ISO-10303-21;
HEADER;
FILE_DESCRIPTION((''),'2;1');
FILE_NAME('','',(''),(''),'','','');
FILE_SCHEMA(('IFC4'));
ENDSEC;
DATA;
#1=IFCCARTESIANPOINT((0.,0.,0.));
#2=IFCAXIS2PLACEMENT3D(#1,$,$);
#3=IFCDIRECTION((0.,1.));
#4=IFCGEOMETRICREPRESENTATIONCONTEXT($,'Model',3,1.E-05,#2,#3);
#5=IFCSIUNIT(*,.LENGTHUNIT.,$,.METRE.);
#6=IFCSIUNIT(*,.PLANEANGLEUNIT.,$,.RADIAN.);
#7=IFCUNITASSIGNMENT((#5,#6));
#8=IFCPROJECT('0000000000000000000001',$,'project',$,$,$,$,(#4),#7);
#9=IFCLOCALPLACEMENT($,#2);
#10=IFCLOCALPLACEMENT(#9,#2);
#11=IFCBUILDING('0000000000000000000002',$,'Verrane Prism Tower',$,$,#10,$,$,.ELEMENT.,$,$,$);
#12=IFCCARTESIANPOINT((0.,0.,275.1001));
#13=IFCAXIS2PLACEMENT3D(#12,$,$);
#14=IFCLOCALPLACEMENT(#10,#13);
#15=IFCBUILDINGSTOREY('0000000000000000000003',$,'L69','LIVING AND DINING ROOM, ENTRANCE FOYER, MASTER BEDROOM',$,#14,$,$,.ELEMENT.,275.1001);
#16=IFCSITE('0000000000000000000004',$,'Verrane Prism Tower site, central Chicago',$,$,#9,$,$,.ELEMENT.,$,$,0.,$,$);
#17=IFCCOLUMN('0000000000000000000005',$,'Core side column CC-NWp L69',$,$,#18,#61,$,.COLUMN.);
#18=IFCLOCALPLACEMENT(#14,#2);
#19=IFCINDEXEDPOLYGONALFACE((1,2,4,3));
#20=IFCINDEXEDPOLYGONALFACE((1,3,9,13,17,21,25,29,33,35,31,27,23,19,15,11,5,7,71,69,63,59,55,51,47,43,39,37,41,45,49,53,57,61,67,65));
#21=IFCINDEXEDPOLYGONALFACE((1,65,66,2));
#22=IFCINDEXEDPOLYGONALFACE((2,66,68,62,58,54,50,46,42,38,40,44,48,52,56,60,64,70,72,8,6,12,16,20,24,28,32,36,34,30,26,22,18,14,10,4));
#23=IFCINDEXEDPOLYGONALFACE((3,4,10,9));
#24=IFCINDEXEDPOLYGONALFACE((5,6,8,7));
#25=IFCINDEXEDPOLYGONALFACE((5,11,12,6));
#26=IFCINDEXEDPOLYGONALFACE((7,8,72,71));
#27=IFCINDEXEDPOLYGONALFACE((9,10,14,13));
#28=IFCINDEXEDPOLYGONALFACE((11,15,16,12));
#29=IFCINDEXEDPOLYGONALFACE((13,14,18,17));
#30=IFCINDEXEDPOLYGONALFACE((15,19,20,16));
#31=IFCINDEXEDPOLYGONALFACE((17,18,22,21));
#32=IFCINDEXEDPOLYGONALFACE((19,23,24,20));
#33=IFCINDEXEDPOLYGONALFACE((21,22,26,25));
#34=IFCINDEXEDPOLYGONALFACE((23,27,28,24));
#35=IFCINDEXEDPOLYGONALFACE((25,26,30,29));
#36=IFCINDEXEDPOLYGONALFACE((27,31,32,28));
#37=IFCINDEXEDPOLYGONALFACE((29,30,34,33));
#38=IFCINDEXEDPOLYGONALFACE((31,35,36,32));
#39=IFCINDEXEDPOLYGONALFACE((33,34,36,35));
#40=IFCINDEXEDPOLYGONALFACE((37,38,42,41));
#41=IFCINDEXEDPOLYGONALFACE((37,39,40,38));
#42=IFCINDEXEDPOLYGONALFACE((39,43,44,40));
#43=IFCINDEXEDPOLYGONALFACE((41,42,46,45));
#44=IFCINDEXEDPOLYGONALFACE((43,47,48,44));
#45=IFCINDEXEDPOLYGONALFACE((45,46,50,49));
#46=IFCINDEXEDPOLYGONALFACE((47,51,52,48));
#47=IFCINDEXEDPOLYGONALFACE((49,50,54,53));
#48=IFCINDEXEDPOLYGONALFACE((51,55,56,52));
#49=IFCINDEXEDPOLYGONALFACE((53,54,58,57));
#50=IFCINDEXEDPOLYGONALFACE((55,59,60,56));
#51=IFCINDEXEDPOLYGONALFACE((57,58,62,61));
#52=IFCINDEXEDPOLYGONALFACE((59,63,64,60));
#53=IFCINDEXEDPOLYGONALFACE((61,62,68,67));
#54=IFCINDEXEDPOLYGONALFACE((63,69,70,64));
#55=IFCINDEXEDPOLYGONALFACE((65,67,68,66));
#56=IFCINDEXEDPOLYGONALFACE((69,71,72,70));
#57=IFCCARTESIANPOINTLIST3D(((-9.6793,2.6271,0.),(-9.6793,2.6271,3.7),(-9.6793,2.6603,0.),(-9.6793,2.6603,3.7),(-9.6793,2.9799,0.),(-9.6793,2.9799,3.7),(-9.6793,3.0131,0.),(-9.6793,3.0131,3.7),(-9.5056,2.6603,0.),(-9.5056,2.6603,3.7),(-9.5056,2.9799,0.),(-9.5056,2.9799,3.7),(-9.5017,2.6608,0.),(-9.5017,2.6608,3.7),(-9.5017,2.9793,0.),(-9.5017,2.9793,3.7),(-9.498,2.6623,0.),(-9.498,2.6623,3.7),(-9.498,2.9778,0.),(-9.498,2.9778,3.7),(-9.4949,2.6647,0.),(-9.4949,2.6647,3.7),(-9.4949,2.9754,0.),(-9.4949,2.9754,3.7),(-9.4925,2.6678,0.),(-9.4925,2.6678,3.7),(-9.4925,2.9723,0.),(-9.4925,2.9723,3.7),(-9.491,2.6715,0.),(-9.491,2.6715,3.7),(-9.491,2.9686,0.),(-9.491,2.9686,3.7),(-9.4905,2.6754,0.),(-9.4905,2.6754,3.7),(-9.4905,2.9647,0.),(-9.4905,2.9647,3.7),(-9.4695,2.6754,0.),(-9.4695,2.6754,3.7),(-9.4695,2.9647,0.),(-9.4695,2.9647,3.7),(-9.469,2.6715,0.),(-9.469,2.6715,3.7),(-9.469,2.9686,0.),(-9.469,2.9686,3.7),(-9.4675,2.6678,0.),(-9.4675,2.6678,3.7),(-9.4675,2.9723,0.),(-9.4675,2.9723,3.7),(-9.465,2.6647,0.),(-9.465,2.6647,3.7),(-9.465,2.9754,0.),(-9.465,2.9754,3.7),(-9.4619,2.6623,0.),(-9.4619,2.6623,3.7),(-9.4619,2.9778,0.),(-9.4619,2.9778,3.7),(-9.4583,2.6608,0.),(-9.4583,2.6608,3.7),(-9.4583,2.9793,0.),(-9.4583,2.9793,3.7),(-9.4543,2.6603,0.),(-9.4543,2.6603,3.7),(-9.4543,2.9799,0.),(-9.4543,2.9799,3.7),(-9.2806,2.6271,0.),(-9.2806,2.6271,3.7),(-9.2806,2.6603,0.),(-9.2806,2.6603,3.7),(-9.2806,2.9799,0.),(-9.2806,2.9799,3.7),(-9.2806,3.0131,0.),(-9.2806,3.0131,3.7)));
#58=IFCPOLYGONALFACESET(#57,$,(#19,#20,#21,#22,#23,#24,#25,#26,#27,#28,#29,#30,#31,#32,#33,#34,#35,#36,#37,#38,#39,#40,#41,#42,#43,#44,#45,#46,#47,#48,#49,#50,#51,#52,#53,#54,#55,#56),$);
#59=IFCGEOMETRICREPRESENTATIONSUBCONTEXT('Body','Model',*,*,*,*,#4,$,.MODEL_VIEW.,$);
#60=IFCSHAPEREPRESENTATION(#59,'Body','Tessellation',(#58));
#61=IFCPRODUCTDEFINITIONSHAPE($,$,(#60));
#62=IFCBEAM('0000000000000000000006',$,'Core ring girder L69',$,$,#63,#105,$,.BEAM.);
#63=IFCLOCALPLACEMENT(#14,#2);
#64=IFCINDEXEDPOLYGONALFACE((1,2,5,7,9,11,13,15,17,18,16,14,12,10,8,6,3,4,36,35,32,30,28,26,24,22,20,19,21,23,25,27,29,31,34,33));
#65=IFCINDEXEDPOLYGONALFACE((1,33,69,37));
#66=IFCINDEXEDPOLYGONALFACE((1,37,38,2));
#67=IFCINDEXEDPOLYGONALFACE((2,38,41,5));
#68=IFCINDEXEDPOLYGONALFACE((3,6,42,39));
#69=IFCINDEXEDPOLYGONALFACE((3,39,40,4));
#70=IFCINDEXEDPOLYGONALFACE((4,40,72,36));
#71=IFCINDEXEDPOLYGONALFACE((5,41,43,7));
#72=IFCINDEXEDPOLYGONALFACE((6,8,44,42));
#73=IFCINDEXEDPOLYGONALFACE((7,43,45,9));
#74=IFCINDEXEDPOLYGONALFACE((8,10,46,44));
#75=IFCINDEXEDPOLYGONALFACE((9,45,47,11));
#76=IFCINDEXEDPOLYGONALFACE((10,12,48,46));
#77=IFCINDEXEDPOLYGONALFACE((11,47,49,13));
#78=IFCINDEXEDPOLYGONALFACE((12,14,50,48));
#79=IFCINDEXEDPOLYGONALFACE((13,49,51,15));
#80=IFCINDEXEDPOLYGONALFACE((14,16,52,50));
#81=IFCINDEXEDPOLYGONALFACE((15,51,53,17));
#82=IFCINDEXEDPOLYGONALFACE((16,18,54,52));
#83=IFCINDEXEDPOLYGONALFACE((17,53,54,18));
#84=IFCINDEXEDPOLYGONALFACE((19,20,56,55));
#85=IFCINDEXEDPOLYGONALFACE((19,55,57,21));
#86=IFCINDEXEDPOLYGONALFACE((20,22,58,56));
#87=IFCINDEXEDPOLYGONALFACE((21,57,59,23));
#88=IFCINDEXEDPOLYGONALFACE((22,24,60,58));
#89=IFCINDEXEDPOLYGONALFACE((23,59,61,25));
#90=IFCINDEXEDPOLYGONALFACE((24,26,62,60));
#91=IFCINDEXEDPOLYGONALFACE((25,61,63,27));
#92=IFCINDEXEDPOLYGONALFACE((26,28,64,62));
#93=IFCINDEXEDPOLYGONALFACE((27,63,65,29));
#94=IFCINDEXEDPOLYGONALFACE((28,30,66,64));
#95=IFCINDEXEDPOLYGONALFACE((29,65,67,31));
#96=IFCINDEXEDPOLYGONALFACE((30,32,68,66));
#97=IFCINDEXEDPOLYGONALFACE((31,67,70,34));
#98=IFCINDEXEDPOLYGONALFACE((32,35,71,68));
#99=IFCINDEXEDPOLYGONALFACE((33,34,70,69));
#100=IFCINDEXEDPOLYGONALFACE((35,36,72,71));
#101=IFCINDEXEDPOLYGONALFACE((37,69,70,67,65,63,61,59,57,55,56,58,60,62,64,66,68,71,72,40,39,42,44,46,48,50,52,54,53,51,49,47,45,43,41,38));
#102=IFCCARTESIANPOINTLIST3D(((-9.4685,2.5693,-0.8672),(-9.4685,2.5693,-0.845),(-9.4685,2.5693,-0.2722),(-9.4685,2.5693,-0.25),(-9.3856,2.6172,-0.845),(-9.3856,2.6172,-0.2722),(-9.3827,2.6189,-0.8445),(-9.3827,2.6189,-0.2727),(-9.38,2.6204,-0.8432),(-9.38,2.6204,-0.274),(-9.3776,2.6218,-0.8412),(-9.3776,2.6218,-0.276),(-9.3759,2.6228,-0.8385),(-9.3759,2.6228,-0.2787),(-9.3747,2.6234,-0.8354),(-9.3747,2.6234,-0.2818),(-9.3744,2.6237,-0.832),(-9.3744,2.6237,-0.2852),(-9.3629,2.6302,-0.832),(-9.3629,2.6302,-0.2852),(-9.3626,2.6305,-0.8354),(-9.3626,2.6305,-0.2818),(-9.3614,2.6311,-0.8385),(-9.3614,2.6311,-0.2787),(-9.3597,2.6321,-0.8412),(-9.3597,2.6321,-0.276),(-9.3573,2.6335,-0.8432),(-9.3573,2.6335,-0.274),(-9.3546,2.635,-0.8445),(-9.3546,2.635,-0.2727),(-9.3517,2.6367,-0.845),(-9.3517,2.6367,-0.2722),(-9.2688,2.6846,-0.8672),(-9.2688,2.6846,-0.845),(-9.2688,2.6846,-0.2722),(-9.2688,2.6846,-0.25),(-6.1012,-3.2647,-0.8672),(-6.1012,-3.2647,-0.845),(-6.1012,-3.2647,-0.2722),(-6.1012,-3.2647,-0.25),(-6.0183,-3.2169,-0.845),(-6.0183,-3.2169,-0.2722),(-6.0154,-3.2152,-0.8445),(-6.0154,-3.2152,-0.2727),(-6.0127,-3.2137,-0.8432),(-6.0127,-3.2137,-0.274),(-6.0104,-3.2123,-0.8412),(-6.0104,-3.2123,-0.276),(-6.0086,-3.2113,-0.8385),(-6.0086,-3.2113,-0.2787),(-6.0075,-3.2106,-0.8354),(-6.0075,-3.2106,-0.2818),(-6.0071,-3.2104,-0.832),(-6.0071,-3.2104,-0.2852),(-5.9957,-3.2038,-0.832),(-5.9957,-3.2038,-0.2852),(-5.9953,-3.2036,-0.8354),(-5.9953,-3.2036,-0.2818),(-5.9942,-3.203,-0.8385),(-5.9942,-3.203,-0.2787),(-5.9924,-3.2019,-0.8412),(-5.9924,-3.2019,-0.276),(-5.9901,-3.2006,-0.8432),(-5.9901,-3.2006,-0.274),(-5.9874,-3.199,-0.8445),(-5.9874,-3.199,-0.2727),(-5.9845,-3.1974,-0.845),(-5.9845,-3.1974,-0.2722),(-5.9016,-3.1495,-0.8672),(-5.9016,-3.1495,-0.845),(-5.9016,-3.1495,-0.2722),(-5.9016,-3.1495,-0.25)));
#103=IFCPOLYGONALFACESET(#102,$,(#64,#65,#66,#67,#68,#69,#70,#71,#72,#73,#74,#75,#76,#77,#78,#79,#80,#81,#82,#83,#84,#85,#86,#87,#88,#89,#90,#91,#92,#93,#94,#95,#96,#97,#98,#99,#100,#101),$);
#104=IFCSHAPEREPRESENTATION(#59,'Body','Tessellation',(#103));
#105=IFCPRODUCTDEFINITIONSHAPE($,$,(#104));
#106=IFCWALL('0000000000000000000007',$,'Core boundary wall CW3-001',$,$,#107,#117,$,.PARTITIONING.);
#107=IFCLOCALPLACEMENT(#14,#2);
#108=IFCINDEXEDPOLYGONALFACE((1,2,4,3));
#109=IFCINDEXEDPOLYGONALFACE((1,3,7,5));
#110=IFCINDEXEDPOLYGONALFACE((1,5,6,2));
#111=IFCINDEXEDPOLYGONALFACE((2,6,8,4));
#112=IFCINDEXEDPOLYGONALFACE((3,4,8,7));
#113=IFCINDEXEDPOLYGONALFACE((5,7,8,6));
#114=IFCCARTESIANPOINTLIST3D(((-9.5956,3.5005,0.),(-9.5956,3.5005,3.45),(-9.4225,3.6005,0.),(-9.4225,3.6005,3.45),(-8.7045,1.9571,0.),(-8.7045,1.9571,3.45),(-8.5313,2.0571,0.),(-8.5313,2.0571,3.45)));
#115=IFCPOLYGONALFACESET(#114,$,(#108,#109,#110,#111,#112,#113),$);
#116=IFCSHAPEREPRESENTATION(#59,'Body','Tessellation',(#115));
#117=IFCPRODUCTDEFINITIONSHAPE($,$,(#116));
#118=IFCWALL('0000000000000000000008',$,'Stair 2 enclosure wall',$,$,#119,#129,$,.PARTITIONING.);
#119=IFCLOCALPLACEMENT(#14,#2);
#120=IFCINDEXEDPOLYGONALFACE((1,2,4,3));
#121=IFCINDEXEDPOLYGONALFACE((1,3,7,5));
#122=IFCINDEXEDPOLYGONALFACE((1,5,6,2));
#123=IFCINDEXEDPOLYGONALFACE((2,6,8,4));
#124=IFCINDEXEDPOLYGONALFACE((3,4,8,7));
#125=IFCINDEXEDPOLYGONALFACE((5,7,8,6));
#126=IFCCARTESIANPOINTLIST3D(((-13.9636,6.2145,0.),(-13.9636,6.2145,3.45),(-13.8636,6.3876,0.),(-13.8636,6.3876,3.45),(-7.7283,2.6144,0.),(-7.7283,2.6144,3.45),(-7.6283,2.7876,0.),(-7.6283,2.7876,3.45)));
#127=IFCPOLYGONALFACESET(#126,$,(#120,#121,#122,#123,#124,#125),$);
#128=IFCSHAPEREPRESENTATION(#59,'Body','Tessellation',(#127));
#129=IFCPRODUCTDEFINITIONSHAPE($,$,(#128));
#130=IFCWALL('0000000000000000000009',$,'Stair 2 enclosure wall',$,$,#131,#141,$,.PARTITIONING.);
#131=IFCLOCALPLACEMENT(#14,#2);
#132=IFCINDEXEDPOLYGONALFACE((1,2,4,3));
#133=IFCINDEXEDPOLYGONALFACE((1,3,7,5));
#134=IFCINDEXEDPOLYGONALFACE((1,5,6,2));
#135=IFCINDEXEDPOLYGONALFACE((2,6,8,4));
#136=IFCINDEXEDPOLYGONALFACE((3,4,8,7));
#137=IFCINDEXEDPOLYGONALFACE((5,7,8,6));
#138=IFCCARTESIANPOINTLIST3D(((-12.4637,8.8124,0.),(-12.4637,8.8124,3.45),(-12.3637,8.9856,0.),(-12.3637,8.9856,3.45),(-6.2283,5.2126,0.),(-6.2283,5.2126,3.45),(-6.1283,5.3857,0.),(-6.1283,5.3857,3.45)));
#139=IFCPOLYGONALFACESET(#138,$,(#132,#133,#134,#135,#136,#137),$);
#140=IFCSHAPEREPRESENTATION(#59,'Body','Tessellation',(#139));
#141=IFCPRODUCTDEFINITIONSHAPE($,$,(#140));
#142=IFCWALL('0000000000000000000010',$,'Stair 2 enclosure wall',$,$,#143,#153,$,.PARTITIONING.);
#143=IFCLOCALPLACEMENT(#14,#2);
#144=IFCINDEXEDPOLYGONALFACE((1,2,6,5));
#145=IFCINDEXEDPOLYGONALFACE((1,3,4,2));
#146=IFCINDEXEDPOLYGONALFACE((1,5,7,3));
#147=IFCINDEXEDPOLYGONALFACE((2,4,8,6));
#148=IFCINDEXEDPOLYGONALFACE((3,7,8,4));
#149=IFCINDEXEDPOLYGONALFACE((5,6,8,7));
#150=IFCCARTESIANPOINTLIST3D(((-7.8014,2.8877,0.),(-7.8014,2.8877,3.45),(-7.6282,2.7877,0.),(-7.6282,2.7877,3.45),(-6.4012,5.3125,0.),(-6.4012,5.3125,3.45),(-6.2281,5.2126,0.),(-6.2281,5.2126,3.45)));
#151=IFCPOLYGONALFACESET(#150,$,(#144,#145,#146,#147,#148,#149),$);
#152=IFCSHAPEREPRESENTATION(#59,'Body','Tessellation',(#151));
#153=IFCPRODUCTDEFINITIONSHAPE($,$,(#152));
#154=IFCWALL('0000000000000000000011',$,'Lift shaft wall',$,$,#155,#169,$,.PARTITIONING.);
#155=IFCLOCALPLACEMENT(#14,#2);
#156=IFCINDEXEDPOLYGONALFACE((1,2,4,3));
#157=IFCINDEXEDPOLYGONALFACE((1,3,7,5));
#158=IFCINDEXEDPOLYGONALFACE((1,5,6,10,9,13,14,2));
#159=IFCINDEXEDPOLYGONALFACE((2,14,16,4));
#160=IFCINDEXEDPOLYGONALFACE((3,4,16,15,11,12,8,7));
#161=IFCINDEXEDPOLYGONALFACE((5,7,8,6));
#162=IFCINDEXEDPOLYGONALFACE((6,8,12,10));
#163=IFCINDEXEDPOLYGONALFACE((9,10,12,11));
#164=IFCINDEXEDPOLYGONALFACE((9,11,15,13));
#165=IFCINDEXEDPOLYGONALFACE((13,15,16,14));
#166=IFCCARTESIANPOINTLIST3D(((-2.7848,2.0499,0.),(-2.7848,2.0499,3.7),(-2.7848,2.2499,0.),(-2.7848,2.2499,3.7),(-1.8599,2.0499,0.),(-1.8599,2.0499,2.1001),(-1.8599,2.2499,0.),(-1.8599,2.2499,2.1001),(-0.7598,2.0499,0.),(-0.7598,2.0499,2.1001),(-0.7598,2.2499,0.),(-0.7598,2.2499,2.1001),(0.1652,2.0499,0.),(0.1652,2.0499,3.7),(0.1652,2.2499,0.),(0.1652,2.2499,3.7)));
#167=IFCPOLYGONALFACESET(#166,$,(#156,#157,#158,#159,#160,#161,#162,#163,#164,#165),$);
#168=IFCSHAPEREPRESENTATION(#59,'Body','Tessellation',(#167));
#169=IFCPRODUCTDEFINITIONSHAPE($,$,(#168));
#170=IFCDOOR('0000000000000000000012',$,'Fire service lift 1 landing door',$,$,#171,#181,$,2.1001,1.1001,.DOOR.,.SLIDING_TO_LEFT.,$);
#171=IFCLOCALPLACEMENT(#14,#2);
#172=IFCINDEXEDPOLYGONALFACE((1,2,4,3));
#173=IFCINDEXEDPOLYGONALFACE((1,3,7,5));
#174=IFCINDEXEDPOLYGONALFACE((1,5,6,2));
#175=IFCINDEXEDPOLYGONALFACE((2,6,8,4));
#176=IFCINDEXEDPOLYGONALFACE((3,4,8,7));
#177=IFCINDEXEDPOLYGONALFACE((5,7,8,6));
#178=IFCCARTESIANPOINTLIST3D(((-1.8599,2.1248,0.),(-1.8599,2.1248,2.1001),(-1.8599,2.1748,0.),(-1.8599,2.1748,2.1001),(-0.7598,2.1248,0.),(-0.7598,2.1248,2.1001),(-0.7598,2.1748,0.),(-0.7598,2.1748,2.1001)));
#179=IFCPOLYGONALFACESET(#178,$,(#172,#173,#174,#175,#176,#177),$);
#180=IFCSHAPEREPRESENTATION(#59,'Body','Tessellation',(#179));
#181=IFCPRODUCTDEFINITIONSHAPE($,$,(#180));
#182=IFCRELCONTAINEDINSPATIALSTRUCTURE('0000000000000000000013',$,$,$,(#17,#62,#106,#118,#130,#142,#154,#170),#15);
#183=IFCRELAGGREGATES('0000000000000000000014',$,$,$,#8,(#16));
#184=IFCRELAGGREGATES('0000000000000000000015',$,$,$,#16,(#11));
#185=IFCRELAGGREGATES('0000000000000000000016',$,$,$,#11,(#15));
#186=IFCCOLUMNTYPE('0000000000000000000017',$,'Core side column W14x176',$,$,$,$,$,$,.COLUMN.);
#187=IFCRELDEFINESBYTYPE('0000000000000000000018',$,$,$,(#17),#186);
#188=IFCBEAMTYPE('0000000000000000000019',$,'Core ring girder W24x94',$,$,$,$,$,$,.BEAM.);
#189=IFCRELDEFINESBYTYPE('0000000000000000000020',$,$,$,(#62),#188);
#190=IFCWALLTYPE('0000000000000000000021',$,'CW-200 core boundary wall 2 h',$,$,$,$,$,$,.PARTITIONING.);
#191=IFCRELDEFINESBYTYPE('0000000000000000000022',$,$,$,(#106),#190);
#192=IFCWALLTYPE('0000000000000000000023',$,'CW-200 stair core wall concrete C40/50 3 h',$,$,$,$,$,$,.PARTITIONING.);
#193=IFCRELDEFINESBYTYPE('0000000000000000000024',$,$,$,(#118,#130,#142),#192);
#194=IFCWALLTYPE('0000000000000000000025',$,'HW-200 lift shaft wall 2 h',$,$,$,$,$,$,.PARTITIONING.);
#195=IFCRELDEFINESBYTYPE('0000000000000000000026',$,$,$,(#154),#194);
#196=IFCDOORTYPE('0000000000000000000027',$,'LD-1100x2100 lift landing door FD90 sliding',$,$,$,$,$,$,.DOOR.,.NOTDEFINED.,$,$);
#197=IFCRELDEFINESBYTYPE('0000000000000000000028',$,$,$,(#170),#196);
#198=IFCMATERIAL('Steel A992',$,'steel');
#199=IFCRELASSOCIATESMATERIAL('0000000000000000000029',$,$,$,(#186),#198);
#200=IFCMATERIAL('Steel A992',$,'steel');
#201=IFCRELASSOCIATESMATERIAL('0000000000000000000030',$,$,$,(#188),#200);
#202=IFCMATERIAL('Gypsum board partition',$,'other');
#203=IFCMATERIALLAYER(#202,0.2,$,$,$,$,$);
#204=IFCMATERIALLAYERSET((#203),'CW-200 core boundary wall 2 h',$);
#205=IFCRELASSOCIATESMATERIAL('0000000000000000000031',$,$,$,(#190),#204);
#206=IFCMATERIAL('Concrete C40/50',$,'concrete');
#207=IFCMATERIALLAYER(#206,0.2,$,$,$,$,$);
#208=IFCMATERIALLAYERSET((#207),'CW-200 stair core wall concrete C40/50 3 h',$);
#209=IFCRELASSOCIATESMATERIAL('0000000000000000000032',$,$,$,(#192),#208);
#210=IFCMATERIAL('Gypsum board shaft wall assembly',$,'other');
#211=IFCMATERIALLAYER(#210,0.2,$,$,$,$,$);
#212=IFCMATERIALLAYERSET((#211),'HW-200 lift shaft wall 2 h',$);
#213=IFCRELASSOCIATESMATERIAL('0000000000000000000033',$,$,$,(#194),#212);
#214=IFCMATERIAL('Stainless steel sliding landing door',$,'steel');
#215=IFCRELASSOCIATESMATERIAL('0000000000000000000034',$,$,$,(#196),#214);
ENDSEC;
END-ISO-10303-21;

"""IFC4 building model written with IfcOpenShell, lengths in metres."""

from ifc_helpers import new_model, si_unit, direction, frame, frame_2d, origin, origin_2d, place, context, subcontext, project, spatial, rectangle, i_section, extrude, material, layer, layer_set, material_profile, profile_set, type_object, element, fill, save


model = new_model("IFC4")

# Units and contexts
model_context = context("Model", 3, precision=1e-05, world=origin(), true_north=direction((0.0, 1.0)))
body_context = subcontext(model_context, "Body", "Model", "MODEL_VIEW")
ifc_project = project(units=[si_unit("LENGTHUNIT", "METRE"), si_unit("PLANEANGLEUNIT", "RADIAN")], contexts=[model_context])

# Site, building, storey
site_placement = place(None, origin())
site = spatial("IfcSite", under=ifc_project, at=site_placement, Name="Verrane Prism Tower site, central Chicago", CompositionType="ELEMENT", RefElevation=0.0)
building_placement = place(site_placement, origin())
building = spatial("IfcBuilding", under=site, at=building_placement, Name="Verrane Prism Tower", CompositionType="ELEMENT")
storey_placement = place(building_placement, frame((0.0, 0.0, 275.1001)))
storey = spatial("IfcBuildingStorey", under=building, at=storey_placement, Name="L69", Description="LIVING AND DINING ROOM, ENTRANCE FOYER, MASTER BEDROOM", CompositionType="ELEMENT", Elevation=275.1001)

# Column
ifc_material_1 = material(Name="Steel A992", Category="steel")
ifc_material_profile_1 = material_profile(ifc_material_1, i_section(OverallWidth=0.3987, OverallDepth=0.386, WebThickness=0.021, FlangeThickness=0.0332, FilletRadius=0.0151, at=origin_2d()), Name="W14x176")
ifc_profile_set_1 = profile_set([ifc_material_profile_1], Name="Steel A992")
column_type = type_object("IfcColumnType", Name="Core side column W14x176", PredefinedType="COLUMN", material=ifc_profile_set_1)
column_placement = place(storey_placement, frame((-9.48, 2.8201, 0.0), z_axis=(0.0, 0.0, 1.0), x_axis=(1.0, 0.0, 0.0)))
element("IfcColumn", 1, at=column_placement, inside=storey, type_object=column_type, Name="Core side column CC-NWp L69", PredefinedType="COLUMN", context=body_context, shape_type="SweptSolid", body=[
    extrude(i_section(OverallWidth=0.3987, OverallDepth=0.386, WebThickness=0.021, FlangeThickness=0.0332, FilletRadius=0.0151, at=origin_2d()), origin(), (0.0, 0.0, 1.0), 3.7),
])

# Beam
ifc_material_2 = material(Name="Steel A992", Category="steel")
ifc_material_profile_2 = material_profile(ifc_material_2, i_section(OverallWidth=0.2305, OverallDepth=0.6172, WebThickness=0.0132, FlangeThickness=0.0222, FilletRadius=0.0129, at=origin_2d()), Name="W24x94")
ifc_profile_set_2 = profile_set([ifc_material_profile_2], Name="Steel A992")
beam_type = type_object("IfcBeamType", Name="Core ring girder W24x94", PredefinedType="BEAM", material=ifc_profile_set_2)
beam_placement = place(storey_placement, frame((-9.3687, 2.627, -0.5586), z_axis=(0.499881, -0.866094, 0.0), x_axis=(0.866094, 0.499881, 0.0)))
element("IfcBeam", 2, at=beam_placement, inside=storey, type_object=beam_type, Name="Core ring girder L69", PredefinedType="BEAM", context=body_context, shape_type="SweptSolid", body=[
    extrude(i_section(OverallWidth=0.2305, OverallDepth=0.6172, WebThickness=0.0132, FlangeThickness=0.0222, FilletRadius=0.0129, at=origin_2d()), origin(), (0.0, 0.0, 1.0), 6.7361),
])

# Walls
ifc_material_3 = material(Name="Gypsum board partition", Category="other")
ifc_layer_1 = layer(ifc_material_3, 0.2)
ifc_layer_set_1 = layer_set([ifc_layer_1], Name="CW-200 core boundary wall 2 h")
wall_type_1 = type_object("IfcWallType", Name="CW-200 core boundary wall 2 h", PredefinedType="PARTITIONING", material=ifc_layer_set_1)
wall_1_placement = place(storey_placement, frame((-9.509, 3.5505, 0.0), z_axis=(0.0, 0.0, 1.0), x_axis=(0.499999, -0.866026, 0.0)))
element("IfcWall", 3, at=wall_1_placement, inside=storey, type_object=wall_type_1, Name="Core boundary wall CW3-001", PredefinedType="PARTITIONING", context=body_context, shape_type="SweptSolid", body=[
    extrude(rectangle(XDim=1.7822, YDim=0.2, at=frame_2d((0.8911, 0.0))), origin(), (0.0, 0.0, 1.0), 3.45),
])
ifc_material_4 = material(Name="Concrete C40/50", Category="concrete")
ifc_layer_2 = layer(ifc_material_4, 0.2)
ifc_layer_set_2 = layer_set([ifc_layer_2], Name="CW-200 stair core wall concrete C40/50 3 h")
wall_type_2 = type_object("IfcWallType", Name="CW-200 stair core wall concrete C40/50 3 h", PredefinedType="PARTITIONING", material=ifc_layer_set_2)
for number, where, z_axis, x_axis, name in (
    (4, (-7.6782, 2.7009, 0.0), (0.0, 0.0, 1.0), (-0.866018, 0.500012, 0.0), "Stair 2 enclosure wall"),
    (5, (-6.1782, 5.2991, 0.0), (0.0, 0.0, 1.0), (-0.866033, 0.499987, 0.0), "Stair 2 enclosure wall"),
):
    element("IfcWall", number, at=place(storey_placement, frame(where, z_axis=z_axis, x_axis=x_axis)), inside=storey, type_object=wall_type_2, Name=name, PredefinedType="PARTITIONING", context=body_context, shape_type="SweptSolid", body=[
        extrude(rectangle(XDim=7.2, YDim=0.2, at=frame_2d((3.6001, 0.0))), origin(), (0.0, 0.0, 1.0), 3.45),
    ])
wall_2_placement = place(storey_placement, frame((-6.3147, 5.2625, 0.0), z_axis=(0.0, 0.0, 1.0), x_axis=(-0.50005, -0.865997, 0.0)))
element("IfcWall", 6, at=wall_2_placement, inside=storey, type_object=wall_type_2, Name="Stair 2 enclosure wall", PredefinedType="PARTITIONING", context=body_context, shape_type="SweptSolid", body=[
    extrude(rectangle(XDim=2.8, YDim=0.2, at=frame_2d((1.3999, 0.0))), origin(), (0.0, 0.0, 1.0), 3.45),
])

# Wall, opening, door
ifc_material_5 = material(Name="Gypsum board shaft wall assembly", Category="other")
ifc_layer_3 = layer(ifc_material_5, 0.2)
ifc_layer_set_3 = layer_set([ifc_layer_3], Name="HW-200 lift shaft wall 2 h")
wall_type_3 = type_object("IfcWallType", Name="HW-200 lift shaft wall 2 h", PredefinedType="PARTITIONING", material=ifc_layer_set_3)
wall_3_placement = place(storey_placement, frame((-2.7849, 2.1499, 0.0), z_axis=(0.0, 0.0, 1.0), x_axis=(1.0, 0.0, 0.0)))
wall_3 = element("IfcWall", 7, at=wall_3_placement, inside=storey, type_object=wall_type_3, Name="Lift shaft wall", PredefinedType="PARTITIONING", context=body_context, shape_type="SweptSolid", body=[
    extrude(rectangle(XDim=2.95, YDim=0.2, at=frame_2d((1.4751, 0.0))), origin(), (0.0, 0.0, 1.0), 3.7),
])
opening_1_placement = place(wall_3_placement, frame((0.925, 0.0, 0.0)))
opening_1 = element("IfcOpeningElement", 8, at=opening_1_placement, cuts=wall_3, PredefinedType="OPENING", context=body_context, shape_type="SweptSolid", body=[
    extrude(rectangle(XDim=1.1001, YDim=2.1001, at=frame_2d((0.55, 1.05))), frame((0.0, 0.1099, 0.0), z_axis=(0.0, -1.0, 0.0), x_axis=(1.0, 0.0, 0.0)), (0.0, 0.0, 1.0), 0.22),
])
ifc_material_6 = material(Name="Stainless steel sliding landing door", Category="steel")
door_type_1 = type_object("IfcDoorType", Name="LD-1100x2100 lift landing door FD90 sliding", OperationType="NOTDEFINED", PredefinedType="DOOR", material=ifc_material_6)
door_1_placement = place(opening_1_placement, origin())
door_1 = element("IfcDoor", 9, at=door_1_placement, inside=storey, type_object=door_type_1, Name="Fire service lift 1 landing door", OperationType="SLIDING_TO_LEFT", OverallHeight=2.1001, OverallWidth=1.1001, PredefinedType="DOOR", context=body_context, shape_type="SweptSolid", body=[
    extrude(rectangle(XDim=1.1001, YDim=2.1001, at=frame_2d((0.55, 1.05))), frame((0.0, 0.0249, 0.0), z_axis=(0.0, -1.0, 0.0), x_axis=(1.0, 0.0, 0.0)), (0.0, 0.0, 1.0), 0.05),
])
fill(opening_1, door_1)

save(model, "model.ifc")
